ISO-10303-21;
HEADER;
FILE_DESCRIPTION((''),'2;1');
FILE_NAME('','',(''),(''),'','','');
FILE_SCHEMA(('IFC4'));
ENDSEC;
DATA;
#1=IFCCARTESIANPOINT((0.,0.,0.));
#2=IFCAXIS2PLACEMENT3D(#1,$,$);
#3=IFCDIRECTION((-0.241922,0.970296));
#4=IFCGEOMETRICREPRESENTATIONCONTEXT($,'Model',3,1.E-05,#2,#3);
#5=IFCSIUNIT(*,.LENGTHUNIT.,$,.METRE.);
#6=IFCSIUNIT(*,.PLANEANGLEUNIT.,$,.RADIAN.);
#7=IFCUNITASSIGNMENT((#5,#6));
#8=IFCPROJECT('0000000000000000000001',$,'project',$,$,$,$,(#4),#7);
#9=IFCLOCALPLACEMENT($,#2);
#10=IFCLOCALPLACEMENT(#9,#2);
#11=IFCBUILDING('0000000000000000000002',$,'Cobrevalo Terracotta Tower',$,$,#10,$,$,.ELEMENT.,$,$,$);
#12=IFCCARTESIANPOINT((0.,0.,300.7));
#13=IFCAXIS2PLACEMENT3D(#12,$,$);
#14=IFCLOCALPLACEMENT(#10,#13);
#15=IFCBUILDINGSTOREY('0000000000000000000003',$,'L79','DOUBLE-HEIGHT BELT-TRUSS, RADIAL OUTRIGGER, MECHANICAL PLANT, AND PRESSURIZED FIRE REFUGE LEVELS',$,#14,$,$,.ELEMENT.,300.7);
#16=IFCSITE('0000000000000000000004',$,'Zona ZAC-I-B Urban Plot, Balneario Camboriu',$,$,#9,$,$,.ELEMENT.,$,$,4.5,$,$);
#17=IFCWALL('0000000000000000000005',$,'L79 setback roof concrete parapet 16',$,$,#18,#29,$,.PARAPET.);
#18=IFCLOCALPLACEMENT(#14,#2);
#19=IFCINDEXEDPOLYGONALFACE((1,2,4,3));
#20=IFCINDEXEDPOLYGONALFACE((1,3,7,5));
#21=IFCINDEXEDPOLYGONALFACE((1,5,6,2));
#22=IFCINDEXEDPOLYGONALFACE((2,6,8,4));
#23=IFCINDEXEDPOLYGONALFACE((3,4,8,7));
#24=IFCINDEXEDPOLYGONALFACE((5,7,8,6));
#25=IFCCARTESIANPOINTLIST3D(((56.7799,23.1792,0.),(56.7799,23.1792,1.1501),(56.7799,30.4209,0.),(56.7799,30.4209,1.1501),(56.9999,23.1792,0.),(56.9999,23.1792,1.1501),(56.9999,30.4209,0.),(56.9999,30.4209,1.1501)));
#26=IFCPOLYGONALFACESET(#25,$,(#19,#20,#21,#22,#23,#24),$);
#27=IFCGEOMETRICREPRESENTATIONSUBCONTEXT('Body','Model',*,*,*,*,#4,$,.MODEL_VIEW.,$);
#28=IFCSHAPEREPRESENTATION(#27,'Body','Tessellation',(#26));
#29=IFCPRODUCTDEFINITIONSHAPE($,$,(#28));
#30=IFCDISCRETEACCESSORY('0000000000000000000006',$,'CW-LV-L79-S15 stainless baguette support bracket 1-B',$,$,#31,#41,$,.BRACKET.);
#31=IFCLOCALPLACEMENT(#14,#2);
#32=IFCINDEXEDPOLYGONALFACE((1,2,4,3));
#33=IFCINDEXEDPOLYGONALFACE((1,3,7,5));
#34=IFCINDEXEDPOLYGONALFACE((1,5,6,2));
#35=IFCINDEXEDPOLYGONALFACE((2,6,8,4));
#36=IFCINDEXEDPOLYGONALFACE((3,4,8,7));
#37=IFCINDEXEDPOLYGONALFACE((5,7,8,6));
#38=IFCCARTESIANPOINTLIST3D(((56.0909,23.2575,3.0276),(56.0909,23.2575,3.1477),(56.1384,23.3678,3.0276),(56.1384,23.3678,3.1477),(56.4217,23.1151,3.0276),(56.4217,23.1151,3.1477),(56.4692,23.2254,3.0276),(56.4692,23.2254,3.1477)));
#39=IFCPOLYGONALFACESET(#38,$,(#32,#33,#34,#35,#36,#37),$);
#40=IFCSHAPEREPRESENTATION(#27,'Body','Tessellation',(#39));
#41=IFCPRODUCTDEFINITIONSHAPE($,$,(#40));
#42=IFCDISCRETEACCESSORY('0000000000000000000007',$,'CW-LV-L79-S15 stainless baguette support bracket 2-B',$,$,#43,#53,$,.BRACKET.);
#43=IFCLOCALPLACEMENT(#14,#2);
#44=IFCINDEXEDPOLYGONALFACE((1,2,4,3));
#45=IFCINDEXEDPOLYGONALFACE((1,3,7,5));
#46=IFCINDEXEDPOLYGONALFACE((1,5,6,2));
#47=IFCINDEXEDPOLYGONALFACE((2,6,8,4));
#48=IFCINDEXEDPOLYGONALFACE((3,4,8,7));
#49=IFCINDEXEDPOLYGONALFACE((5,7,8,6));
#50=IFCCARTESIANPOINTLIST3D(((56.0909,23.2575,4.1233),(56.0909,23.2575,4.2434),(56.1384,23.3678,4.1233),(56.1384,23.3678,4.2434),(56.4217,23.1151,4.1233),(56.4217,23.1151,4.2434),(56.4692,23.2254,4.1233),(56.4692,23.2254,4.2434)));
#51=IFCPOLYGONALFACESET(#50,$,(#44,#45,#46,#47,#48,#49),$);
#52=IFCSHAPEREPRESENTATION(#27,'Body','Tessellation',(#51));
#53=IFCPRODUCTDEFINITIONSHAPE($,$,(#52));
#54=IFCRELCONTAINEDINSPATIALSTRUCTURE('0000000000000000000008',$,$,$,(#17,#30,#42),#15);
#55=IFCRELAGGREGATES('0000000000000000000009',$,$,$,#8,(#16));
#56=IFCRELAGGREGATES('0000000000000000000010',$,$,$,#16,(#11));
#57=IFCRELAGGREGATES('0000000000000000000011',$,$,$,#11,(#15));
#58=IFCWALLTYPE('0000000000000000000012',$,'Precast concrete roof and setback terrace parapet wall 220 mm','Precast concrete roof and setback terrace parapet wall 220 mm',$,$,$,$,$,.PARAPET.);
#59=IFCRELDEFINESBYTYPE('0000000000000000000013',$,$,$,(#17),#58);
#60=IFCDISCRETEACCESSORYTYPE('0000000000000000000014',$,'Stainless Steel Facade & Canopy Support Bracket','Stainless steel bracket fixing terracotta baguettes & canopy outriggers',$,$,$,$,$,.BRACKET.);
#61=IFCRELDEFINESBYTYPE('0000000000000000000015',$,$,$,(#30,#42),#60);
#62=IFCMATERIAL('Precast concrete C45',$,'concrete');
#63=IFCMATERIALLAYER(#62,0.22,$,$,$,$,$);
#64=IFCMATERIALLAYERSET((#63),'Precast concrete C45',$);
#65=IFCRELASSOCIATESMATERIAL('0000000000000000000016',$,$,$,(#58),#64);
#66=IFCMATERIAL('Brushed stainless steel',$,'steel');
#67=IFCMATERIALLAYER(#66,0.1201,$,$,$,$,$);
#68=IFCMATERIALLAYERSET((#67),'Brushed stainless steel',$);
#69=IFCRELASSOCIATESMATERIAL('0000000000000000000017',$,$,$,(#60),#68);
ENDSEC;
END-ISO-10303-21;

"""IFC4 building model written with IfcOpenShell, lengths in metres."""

from ifc_helpers import new_model, si_unit, direction, frame, frame_2d, origin, origin_2d, place, context, subcontext, project, spatial, rectangle, extrude, source, transform, mapped, material, layer, layer_set, type_object, element, save


model = new_model("IFC4")

# Units and contexts
model_context = context("Model", 3, precision=1e-05, world=origin(), true_north=direction((-0.241922, 0.970296)))
body_context = subcontext(model_context, "Body", "Model", "MODEL_VIEW")
ifc_project = project(units=[si_unit("LENGTHUNIT", "METRE"), si_unit("PLANEANGLEUNIT", "RADIAN")], contexts=[model_context])

# Site, building, storey
site_placement = place(None, origin())
site = spatial("IfcSite", under=ifc_project, at=site_placement, Name="Zona ZAC-I-B Urban Plot, Balneario Camboriu", CompositionType="ELEMENT", RefElevation=4.5)
building_placement = place(site_placement, origin())
building = spatial("IfcBuilding", under=site, at=building_placement, Name="Cobrevalo Terracotta Tower", CompositionType="ELEMENT")
storey_placement = place(building_placement, frame((0.0, 0.0, 300.7)))
storey = spatial("IfcBuildingStorey", under=building, at=storey_placement, Name="L79", Description="DOUBLE-HEIGHT BELT-TRUSS, RADIAL OUTRIGGER, MECHANICAL PLANT, AND PRESSURIZED FIRE REFUGE LEVELS", CompositionType="ELEMENT", Elevation=300.7)

# Wall
ifc_material_1 = material(Name="Precast concrete C45", Category="concrete")
ifc_layer_1 = layer(ifc_material_1, 0.22)
ifc_layer_set_1 = layer_set([ifc_layer_1], Name="Precast concrete C45")
wall_type_1 = type_object("IfcWallType", Name="Precast concrete roof and setback terrace parapet wall 220 mm", Description="Precast concrete roof and setback terrace parapet wall 220 mm", PredefinedType="PARAPET", material=ifc_layer_set_1)
wall_1_placement = place(storey_placement, frame((56.8899, 23.1792, 0.0), z_axis=(0.0, 0.0, 1.0), x_axis=(0.0, 1.0, 0.0)))
element("IfcWall", 1, at=wall_1_placement, inside=storey, type_object=wall_type_1, Name="L79 setback roof concrete parapet 16", PredefinedType="PARAPET", context=body_context, shape_type="SweptSolid", body=[
    extrude(rectangle(XDim=7.2417, YDim=0.22, at=frame_2d((3.6208, 0.0))), origin(), (0.0, 0.0, 1.0), 1.1501),
])

# Discrete accessories
ifc_material_2 = material(Name="Brushed stainless steel", Category="steel")
ifc_layer_2 = layer(ifc_material_2, 0.1201)
ifc_layer_set_2 = layer_set([ifc_layer_2], Name="Brushed stainless steel")
discrete_accessory_type = type_object("IfcDiscreteAccessoryType", Name="Stainless Steel Facade & Canopy Support Bracket", Description="Stainless steel bracket fixing terracotta baguettes & canopy outriggers", PredefinedType="BRACKET", material=ifc_layer_set_2)
shared_shape_1 = source(origin(), body_context, "Body", "SweptSolid", [
    extrude(rectangle(XDim=0.1201, YDim=0.3601, at=origin_2d()), origin(), (0.0, 0.0, 1.0), 0.1201),
])
for number, where, z_axis, x_axis, name in (
    (2, (56.28, 23.2415, 3.0276), (0.0, 0.0, 1.0), (0.395368, 0.918523, 0.0), "CW-LV-L79-S15 stainless baguette support bracket 1-B"),
    (3, (56.28, 23.2415, 4.1233), (0.0, 0.0, 1.0), (0.395368, 0.918523, 0.0), "CW-LV-L79-S15 stainless baguette support bracket 2-B"),
):
    element("IfcDiscreteAccessory", number, at=place(storey_placement, frame(where, z_axis=z_axis, x_axis=x_axis)), inside=storey, type_object=discrete_accessory_type, Name=name, PredefinedType="BRACKET", context=body_context, shape_type="MappedRepresentation", body=[
        mapped(shared_shape_1, transform((0.0, 0.0, 0.0), scale=1.0)),
    ])

save(model, "model.ifc")
